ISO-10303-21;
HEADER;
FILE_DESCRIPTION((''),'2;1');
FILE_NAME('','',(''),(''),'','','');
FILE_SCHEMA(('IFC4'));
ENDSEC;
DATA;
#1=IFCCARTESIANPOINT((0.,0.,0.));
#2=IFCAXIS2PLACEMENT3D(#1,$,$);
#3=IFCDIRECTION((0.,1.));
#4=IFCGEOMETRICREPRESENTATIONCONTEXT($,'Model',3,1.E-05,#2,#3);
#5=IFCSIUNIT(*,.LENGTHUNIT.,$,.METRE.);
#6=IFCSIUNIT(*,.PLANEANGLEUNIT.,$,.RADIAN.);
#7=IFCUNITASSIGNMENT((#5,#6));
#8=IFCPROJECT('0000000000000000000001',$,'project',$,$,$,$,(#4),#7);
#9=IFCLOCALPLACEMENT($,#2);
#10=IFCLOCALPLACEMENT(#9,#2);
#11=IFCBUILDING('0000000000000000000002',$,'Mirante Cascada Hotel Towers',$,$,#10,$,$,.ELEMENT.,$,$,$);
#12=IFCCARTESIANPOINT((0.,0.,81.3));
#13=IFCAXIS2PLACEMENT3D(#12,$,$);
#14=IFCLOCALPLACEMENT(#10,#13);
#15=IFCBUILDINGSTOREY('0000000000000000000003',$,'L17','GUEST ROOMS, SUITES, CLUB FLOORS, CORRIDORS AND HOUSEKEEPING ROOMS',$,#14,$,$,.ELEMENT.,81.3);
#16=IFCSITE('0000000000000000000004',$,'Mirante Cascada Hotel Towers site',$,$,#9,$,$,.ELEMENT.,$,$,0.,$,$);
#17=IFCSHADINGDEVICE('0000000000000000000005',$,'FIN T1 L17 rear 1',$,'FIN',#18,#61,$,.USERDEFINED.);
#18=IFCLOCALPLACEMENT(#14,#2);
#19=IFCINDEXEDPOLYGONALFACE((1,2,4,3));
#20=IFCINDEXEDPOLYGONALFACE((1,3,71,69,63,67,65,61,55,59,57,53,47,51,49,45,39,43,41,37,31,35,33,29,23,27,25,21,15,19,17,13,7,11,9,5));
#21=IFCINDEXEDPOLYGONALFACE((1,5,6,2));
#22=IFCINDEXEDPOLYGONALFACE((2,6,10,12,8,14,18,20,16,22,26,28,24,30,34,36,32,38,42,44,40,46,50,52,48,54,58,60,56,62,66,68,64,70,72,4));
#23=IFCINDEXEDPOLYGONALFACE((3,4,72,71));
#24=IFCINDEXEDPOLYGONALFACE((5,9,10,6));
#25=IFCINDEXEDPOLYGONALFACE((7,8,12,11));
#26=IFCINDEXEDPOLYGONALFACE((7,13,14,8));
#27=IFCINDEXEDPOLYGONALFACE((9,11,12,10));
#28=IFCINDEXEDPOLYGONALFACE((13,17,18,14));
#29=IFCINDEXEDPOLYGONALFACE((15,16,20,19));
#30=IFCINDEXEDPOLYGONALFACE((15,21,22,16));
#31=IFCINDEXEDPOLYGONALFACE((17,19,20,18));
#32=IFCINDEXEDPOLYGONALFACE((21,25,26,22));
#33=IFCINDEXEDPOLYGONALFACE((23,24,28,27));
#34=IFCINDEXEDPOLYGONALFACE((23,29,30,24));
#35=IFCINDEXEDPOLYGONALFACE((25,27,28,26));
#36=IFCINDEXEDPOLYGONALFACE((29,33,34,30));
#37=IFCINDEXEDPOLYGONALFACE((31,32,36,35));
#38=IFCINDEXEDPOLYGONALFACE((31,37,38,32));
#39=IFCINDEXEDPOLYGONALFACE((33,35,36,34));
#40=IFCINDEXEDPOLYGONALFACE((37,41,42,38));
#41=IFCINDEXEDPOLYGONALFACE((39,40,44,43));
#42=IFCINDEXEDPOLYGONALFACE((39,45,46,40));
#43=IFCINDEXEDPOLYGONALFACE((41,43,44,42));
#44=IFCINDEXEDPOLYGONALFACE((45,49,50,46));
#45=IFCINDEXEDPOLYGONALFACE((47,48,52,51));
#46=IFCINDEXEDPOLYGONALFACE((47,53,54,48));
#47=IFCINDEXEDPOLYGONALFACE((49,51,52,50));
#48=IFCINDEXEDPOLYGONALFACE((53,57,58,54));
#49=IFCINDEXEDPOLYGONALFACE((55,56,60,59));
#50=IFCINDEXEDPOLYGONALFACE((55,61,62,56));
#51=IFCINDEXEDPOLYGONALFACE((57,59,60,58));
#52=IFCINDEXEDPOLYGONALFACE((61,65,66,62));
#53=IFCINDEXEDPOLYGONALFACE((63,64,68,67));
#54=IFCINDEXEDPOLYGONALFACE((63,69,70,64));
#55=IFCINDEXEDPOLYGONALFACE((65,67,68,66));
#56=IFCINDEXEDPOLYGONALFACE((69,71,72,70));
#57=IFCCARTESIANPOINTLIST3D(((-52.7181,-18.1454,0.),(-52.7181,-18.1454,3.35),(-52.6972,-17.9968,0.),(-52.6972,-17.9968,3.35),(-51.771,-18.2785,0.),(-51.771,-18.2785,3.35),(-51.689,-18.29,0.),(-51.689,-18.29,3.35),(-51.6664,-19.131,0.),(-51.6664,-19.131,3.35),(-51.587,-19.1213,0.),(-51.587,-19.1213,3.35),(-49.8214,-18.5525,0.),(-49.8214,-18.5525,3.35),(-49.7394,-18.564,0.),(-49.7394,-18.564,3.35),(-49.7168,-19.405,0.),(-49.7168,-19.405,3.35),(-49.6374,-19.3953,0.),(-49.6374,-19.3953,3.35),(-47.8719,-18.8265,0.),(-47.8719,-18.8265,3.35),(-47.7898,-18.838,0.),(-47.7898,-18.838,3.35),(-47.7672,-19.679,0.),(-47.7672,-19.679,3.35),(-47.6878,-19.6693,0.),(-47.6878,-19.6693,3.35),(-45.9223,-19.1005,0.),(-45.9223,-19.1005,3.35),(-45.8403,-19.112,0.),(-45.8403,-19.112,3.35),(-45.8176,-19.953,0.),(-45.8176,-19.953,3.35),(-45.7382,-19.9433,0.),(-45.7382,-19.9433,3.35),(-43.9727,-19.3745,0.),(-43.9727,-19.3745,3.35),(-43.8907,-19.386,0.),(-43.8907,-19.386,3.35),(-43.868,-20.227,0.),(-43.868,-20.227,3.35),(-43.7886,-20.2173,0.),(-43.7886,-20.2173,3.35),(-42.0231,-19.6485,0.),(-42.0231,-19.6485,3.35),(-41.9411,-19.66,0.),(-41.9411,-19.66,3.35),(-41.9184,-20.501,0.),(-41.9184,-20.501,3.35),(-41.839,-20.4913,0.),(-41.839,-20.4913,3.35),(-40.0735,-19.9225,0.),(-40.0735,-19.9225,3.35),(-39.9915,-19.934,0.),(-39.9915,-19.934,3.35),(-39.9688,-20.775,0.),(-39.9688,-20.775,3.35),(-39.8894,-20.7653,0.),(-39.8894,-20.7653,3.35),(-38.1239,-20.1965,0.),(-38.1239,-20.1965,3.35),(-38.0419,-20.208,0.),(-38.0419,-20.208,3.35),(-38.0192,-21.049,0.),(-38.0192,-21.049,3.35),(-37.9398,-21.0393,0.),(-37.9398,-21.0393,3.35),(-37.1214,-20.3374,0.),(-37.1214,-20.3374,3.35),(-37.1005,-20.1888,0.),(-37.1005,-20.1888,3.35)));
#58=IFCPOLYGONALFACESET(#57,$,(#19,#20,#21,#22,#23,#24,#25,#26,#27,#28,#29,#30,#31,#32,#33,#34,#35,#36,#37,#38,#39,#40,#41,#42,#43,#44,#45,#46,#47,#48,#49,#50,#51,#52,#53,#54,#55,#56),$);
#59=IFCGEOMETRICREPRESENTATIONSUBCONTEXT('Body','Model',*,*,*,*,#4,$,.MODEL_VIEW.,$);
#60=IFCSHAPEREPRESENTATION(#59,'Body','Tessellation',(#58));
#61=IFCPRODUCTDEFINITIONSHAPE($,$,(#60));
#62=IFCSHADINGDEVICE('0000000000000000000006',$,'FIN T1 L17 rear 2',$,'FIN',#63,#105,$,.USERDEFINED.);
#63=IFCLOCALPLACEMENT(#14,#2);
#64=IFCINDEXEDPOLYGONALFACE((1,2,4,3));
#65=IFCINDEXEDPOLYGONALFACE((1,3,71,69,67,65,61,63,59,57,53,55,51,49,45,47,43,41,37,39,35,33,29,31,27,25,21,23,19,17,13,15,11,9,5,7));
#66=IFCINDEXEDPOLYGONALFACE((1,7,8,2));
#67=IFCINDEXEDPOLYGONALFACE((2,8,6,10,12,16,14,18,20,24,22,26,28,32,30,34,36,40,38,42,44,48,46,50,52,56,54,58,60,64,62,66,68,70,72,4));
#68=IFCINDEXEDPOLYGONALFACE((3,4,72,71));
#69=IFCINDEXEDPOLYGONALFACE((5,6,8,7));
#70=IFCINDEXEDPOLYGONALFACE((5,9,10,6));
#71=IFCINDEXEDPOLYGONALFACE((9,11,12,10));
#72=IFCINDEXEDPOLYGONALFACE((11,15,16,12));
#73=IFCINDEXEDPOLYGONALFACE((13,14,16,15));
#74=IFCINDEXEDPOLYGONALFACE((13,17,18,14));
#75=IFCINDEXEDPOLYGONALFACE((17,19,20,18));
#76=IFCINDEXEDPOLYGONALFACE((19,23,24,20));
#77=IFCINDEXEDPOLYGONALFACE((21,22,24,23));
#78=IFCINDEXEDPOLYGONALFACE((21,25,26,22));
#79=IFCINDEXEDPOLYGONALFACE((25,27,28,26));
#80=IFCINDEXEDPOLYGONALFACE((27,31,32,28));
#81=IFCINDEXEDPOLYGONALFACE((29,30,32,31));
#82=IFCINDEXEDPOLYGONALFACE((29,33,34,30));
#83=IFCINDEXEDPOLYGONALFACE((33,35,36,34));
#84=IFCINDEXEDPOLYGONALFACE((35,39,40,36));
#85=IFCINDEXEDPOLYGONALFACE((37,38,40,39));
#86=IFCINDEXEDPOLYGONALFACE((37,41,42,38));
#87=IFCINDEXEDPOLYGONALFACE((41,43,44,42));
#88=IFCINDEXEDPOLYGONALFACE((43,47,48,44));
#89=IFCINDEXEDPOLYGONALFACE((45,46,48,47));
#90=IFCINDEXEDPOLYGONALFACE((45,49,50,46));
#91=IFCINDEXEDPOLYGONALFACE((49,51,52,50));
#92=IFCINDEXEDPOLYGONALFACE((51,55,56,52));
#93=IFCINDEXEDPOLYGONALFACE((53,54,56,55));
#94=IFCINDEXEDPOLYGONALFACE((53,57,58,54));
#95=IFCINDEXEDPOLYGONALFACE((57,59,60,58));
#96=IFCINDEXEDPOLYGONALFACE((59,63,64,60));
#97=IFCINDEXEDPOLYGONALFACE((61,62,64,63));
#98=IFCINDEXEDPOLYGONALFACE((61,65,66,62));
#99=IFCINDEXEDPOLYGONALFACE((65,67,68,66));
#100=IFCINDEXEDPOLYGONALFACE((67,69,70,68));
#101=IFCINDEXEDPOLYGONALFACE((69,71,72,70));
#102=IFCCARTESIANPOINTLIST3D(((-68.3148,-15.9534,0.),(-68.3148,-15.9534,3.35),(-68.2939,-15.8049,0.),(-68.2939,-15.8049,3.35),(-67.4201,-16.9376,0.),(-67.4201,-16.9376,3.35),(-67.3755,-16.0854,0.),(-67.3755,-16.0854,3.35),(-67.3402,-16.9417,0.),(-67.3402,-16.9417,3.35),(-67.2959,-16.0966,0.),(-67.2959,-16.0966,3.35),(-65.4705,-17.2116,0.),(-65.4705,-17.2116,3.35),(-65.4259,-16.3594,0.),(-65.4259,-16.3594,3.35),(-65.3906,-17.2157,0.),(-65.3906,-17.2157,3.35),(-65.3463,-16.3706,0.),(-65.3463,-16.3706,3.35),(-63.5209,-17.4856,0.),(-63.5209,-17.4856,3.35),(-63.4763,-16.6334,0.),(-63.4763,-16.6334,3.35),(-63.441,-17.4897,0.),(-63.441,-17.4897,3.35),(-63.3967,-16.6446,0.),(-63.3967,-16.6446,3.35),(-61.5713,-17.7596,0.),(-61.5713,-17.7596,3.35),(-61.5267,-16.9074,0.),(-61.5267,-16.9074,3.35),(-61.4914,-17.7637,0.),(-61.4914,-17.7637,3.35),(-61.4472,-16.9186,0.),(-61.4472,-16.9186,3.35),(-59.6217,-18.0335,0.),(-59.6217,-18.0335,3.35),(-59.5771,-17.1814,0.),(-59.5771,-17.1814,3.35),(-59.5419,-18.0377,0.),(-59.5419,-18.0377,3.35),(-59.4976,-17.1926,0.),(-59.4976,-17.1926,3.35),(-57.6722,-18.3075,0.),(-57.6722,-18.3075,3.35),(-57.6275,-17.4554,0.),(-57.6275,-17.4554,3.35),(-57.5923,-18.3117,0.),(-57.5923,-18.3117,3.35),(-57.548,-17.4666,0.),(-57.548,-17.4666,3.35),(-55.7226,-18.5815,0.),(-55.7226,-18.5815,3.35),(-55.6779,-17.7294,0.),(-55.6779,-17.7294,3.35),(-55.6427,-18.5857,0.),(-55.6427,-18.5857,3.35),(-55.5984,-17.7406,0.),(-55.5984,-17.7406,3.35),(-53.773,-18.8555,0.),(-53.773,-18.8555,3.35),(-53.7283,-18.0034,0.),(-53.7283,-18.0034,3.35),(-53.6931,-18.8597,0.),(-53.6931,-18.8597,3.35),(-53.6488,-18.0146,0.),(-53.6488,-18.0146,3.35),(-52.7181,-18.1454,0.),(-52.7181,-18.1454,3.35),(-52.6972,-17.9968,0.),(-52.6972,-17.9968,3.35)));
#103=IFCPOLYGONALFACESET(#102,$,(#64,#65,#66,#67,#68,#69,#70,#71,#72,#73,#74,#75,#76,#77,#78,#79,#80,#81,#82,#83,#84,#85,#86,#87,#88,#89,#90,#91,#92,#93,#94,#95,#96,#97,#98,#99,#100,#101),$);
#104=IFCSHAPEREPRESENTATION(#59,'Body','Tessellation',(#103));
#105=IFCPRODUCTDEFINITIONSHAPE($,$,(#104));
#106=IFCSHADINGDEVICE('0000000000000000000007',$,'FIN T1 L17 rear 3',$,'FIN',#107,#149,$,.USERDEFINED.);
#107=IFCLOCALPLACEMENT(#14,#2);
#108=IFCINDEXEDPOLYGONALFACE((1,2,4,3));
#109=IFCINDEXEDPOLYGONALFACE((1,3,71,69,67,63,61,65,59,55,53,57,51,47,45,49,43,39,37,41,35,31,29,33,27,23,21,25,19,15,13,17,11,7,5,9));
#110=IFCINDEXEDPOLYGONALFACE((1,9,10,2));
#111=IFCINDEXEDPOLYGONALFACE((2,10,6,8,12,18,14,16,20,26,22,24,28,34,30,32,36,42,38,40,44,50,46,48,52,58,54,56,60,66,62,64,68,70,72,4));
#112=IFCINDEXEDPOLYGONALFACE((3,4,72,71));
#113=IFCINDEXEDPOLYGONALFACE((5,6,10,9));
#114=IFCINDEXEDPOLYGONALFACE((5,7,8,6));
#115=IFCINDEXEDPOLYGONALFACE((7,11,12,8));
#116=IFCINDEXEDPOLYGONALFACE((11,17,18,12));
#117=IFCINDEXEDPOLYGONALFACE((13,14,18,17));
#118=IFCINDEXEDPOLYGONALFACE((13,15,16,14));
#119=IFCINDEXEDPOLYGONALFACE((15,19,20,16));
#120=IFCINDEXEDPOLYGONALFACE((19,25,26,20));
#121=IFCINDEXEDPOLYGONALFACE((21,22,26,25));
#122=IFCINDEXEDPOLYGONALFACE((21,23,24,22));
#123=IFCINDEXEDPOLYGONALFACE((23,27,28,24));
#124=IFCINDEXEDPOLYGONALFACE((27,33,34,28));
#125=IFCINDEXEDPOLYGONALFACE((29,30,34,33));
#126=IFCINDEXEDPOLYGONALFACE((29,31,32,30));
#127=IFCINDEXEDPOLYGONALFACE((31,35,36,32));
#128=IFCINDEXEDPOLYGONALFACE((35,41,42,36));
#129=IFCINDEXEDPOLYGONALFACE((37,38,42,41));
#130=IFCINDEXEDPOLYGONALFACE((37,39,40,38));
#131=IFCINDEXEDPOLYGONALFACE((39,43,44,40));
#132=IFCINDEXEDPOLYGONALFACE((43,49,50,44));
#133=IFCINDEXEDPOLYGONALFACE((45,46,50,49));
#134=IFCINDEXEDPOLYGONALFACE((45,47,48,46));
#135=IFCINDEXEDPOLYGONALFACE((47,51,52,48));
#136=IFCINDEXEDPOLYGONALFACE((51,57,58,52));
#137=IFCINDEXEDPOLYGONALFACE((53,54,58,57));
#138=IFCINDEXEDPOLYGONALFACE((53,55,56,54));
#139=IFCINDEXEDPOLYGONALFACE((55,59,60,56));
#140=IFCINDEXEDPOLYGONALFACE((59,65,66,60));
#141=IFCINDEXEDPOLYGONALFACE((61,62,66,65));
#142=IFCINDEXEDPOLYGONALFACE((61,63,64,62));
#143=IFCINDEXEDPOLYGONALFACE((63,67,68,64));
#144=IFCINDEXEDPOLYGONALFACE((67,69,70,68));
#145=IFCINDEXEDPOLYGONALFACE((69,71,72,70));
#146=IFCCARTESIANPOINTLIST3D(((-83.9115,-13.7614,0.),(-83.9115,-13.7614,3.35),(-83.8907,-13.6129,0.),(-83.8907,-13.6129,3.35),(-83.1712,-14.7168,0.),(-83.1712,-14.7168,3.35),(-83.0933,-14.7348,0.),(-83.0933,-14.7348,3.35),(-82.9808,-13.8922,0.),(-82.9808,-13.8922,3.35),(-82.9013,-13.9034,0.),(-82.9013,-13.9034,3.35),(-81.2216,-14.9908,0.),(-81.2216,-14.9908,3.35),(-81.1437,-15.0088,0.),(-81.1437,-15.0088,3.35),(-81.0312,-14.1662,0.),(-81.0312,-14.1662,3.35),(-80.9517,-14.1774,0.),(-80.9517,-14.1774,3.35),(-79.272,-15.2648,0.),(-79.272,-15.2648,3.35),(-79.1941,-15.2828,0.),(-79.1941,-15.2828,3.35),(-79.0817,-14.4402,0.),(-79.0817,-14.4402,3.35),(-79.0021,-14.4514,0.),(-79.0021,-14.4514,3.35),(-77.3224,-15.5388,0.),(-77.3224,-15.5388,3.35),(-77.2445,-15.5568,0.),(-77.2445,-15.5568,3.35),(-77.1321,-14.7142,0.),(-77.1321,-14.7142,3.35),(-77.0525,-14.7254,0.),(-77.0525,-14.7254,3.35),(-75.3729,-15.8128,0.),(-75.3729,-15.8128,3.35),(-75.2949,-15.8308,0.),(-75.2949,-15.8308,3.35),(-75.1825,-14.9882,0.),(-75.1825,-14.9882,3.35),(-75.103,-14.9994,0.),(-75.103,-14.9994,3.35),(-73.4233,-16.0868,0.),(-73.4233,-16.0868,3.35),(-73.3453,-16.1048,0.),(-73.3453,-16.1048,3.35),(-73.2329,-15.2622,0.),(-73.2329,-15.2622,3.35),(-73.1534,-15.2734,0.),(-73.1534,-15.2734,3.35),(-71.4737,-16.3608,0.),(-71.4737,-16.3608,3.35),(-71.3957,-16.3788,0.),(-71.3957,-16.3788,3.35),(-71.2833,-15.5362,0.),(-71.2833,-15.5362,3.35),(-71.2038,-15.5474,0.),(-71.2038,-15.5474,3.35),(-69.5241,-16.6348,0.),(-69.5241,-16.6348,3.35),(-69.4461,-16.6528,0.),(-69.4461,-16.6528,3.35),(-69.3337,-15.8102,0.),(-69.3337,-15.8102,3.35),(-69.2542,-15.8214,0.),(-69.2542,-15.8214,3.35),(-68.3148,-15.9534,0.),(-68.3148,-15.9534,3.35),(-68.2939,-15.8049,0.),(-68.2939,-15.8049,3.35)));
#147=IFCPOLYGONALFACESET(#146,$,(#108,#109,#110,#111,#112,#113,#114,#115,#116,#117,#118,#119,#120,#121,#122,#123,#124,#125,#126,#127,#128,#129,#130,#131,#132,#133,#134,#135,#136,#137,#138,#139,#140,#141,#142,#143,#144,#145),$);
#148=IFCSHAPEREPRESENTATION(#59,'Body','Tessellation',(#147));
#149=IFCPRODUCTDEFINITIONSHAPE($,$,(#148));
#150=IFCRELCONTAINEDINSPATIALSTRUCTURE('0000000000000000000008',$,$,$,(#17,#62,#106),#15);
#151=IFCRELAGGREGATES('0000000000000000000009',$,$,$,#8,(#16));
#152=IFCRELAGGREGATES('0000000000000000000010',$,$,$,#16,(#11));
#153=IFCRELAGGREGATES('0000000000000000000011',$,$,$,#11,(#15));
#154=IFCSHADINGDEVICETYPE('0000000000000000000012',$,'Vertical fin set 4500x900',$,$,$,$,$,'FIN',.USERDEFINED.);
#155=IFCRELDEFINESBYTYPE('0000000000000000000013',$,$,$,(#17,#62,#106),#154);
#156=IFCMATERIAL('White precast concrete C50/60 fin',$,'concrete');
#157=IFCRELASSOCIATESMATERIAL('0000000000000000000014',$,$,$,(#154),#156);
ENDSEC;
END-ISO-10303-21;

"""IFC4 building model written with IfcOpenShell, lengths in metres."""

from ifc_helpers import new_model, si_unit, direction, frame, origin, place, context, subcontext, project, spatial, polyline, outline, extrude, material, type_object, element, save


model = new_model("IFC4")

# Units and contexts
model_context = context("Model", 3, precision=1e-05, world=origin(), true_north=direction((0.0, 1.0)))
body_context = subcontext(model_context, "Body", "Model", "MODEL_VIEW")
ifc_project = project(units=[si_unit("LENGTHUNIT", "METRE"), si_unit("PLANEANGLEUNIT", "RADIAN")], contexts=[model_context])

# Site, building, storey
site_placement = place(None, origin())
site = spatial("IfcSite", under=ifc_project, at=site_placement, Name="Mirante Cascada Hotel Towers site", CompositionType="ELEMENT", RefElevation=0.0)
building_placement = place(site_placement, origin())
building = spatial("IfcBuilding", under=site, at=building_placement, Name="Mirante Cascada Hotel Towers", CompositionType="ELEMENT")
storey_placement = place(building_placement, frame((0.0, 0.0, 81.3)))
storey = spatial("IfcBuildingStorey", under=building, at=storey_placement, Name="L17", Description="GUEST ROOMS, SUITES, CLUB FLOORS, CORRIDORS AND HOUSEKEEPING ROOMS", CompositionType="ELEMENT", Elevation=81.3)

# Shading devices
ifc_material_1 = material(Name="White precast concrete C50/60 fin", Category="concrete")
shading_device_type = type_object("IfcShadingDeviceType", Name="Vertical fin set 4500x900", ElementType="FIN", PredefinedType="USERDEFINED", material=ifc_material_1)
shading_device_1_placement = place(storey_placement, origin())
element("IfcShadingDevice", 1, at=shading_device_1_placement, inside=storey, type_object=shading_device_type, Name="FIN T1 L17 rear 1", ObjectType="FIN", PredefinedType="USERDEFINED", context=body_context, shape_type="SweptSolid", body=[
    extrude(outline(polyline([(-38.1239, -20.1965), (-39.9915, -19.934), (-39.8894, -20.7653), (-39.9688, -20.775), (-40.0735, -19.9225), (-41.9411, -19.66), (-41.839, -20.4913), (-41.9184, -20.501), (-42.0231, -19.6485), (-43.8907, -19.386), (-43.7886, -20.2173), (-43.868, -20.227), (-43.9727, -19.3745), (-45.8403, -19.112), (-45.7382, -19.9433), (-45.8176, -19.953), (-45.9223, -19.1005), (-47.7898, -18.838), (-47.6878, -19.6693), (-47.7672, -19.679), (-47.8719, -18.8265), (-49.7394, -18.564), (-49.6374, -19.3953), (-49.7168, -19.405), (-49.8214, -18.5525), (-51.689, -18.29), (-51.587, -19.1213), (-51.6664, -19.131), (-51.771, -18.2785), (-52.7181, -18.1454), (-52.6972, -17.9968), (-37.1005, -20.1888), (-37.1214, -20.3374), (-38.0419, -20.208), (-37.9398, -21.0393), (-38.0192, -21.049), (-38.1239, -20.1965)])), origin(), (0.0, 0.0, 1.0), 3.35),
])
shading_device_2_placement = place(storey_placement, origin())
element("IfcShadingDevice", 2, at=shading_device_2_placement, inside=storey, type_object=shading_device_type, Name="FIN T1 L17 rear 2", ObjectType="FIN", PredefinedType="USERDEFINED", context=body_context, shape_type="SweptSolid", body=[
    extrude(outline(polyline([(-53.7283, -18.0034), (-55.5984, -17.7406), (-55.6427, -18.5857), (-55.7226, -18.5815), (-55.6779, -17.7294), (-57.548, -17.4666), (-57.5923, -18.3117), (-57.6722, -18.3075), (-57.6275, -17.4554), (-59.4976, -17.1926), (-59.5419, -18.0377), (-59.6217, -18.0335), (-59.5771, -17.1814), (-61.4472, -16.9186), (-61.4914, -17.7637), (-61.5713, -17.7596), (-61.5267, -16.9074), (-63.3967, -16.6446), (-63.441, -17.4897), (-63.5209, -17.4856), (-63.4763, -16.6334), (-65.3463, -16.3706), (-65.3906, -17.2157), (-65.4705, -17.2116), (-65.4259, -16.3594), (-67.2959, -16.0966), (-67.3402, -16.9417), (-67.4201, -16.9376), (-67.3755, -16.0854), (-68.3148, -15.9534), (-68.2939, -15.8049), (-52.6972, -17.9968), (-52.7181, -18.1454), (-53.6488, -18.0146), (-53.6931, -18.8597), (-53.773, -18.8555), (-53.7283, -18.0034)])), origin(), (0.0, 0.0, 1.0), 3.35),
])
shading_device_3_placement = place(storey_placement, origin())
element("IfcShadingDevice", 3, at=shading_device_3_placement, inside=storey, type_object=shading_device_type, Name="FIN T1 L17 rear 3", ObjectType="FIN", PredefinedType="USERDEFINED", context=body_context, shape_type="SweptSolid", body=[
    extrude(outline(polyline([(-69.3337, -15.8102), (-71.2038, -15.5474), (-71.3957, -16.3788), (-71.4737, -16.3608), (-71.2833, -15.5362), (-73.1534, -15.2734), (-73.3453, -16.1048), (-73.4233, -16.0868), (-73.2329, -15.2622), (-75.103, -14.9994), (-75.2949, -15.8308), (-75.3729, -15.8128), (-75.1825, -14.9882), (-77.0525, -14.7254), (-77.2445, -15.5568), (-77.3224, -15.5388), (-77.1321, -14.7142), (-79.0021, -14.4514), (-79.1941, -15.2828), (-79.272, -15.2648), (-79.0817, -14.4402), (-80.9517, -14.1774), (-81.1437, -15.0088), (-81.2216, -14.9908), (-81.0312, -14.1662), (-82.9013, -13.9034), (-83.0933, -14.7348), (-83.1712, -14.7168), (-82.9808, -13.8922), (-83.9115, -13.7614), (-83.8907, -13.6129), (-68.2939, -15.8049), (-68.3148, -15.9534), (-69.2542, -15.8214), (-69.4461, -16.6528), (-69.5241, -16.6348), (-69.3337, -15.8102)])), origin(), (0.0, 0.0, 1.0), 3.35),
])

save(model, "model.ifc")
